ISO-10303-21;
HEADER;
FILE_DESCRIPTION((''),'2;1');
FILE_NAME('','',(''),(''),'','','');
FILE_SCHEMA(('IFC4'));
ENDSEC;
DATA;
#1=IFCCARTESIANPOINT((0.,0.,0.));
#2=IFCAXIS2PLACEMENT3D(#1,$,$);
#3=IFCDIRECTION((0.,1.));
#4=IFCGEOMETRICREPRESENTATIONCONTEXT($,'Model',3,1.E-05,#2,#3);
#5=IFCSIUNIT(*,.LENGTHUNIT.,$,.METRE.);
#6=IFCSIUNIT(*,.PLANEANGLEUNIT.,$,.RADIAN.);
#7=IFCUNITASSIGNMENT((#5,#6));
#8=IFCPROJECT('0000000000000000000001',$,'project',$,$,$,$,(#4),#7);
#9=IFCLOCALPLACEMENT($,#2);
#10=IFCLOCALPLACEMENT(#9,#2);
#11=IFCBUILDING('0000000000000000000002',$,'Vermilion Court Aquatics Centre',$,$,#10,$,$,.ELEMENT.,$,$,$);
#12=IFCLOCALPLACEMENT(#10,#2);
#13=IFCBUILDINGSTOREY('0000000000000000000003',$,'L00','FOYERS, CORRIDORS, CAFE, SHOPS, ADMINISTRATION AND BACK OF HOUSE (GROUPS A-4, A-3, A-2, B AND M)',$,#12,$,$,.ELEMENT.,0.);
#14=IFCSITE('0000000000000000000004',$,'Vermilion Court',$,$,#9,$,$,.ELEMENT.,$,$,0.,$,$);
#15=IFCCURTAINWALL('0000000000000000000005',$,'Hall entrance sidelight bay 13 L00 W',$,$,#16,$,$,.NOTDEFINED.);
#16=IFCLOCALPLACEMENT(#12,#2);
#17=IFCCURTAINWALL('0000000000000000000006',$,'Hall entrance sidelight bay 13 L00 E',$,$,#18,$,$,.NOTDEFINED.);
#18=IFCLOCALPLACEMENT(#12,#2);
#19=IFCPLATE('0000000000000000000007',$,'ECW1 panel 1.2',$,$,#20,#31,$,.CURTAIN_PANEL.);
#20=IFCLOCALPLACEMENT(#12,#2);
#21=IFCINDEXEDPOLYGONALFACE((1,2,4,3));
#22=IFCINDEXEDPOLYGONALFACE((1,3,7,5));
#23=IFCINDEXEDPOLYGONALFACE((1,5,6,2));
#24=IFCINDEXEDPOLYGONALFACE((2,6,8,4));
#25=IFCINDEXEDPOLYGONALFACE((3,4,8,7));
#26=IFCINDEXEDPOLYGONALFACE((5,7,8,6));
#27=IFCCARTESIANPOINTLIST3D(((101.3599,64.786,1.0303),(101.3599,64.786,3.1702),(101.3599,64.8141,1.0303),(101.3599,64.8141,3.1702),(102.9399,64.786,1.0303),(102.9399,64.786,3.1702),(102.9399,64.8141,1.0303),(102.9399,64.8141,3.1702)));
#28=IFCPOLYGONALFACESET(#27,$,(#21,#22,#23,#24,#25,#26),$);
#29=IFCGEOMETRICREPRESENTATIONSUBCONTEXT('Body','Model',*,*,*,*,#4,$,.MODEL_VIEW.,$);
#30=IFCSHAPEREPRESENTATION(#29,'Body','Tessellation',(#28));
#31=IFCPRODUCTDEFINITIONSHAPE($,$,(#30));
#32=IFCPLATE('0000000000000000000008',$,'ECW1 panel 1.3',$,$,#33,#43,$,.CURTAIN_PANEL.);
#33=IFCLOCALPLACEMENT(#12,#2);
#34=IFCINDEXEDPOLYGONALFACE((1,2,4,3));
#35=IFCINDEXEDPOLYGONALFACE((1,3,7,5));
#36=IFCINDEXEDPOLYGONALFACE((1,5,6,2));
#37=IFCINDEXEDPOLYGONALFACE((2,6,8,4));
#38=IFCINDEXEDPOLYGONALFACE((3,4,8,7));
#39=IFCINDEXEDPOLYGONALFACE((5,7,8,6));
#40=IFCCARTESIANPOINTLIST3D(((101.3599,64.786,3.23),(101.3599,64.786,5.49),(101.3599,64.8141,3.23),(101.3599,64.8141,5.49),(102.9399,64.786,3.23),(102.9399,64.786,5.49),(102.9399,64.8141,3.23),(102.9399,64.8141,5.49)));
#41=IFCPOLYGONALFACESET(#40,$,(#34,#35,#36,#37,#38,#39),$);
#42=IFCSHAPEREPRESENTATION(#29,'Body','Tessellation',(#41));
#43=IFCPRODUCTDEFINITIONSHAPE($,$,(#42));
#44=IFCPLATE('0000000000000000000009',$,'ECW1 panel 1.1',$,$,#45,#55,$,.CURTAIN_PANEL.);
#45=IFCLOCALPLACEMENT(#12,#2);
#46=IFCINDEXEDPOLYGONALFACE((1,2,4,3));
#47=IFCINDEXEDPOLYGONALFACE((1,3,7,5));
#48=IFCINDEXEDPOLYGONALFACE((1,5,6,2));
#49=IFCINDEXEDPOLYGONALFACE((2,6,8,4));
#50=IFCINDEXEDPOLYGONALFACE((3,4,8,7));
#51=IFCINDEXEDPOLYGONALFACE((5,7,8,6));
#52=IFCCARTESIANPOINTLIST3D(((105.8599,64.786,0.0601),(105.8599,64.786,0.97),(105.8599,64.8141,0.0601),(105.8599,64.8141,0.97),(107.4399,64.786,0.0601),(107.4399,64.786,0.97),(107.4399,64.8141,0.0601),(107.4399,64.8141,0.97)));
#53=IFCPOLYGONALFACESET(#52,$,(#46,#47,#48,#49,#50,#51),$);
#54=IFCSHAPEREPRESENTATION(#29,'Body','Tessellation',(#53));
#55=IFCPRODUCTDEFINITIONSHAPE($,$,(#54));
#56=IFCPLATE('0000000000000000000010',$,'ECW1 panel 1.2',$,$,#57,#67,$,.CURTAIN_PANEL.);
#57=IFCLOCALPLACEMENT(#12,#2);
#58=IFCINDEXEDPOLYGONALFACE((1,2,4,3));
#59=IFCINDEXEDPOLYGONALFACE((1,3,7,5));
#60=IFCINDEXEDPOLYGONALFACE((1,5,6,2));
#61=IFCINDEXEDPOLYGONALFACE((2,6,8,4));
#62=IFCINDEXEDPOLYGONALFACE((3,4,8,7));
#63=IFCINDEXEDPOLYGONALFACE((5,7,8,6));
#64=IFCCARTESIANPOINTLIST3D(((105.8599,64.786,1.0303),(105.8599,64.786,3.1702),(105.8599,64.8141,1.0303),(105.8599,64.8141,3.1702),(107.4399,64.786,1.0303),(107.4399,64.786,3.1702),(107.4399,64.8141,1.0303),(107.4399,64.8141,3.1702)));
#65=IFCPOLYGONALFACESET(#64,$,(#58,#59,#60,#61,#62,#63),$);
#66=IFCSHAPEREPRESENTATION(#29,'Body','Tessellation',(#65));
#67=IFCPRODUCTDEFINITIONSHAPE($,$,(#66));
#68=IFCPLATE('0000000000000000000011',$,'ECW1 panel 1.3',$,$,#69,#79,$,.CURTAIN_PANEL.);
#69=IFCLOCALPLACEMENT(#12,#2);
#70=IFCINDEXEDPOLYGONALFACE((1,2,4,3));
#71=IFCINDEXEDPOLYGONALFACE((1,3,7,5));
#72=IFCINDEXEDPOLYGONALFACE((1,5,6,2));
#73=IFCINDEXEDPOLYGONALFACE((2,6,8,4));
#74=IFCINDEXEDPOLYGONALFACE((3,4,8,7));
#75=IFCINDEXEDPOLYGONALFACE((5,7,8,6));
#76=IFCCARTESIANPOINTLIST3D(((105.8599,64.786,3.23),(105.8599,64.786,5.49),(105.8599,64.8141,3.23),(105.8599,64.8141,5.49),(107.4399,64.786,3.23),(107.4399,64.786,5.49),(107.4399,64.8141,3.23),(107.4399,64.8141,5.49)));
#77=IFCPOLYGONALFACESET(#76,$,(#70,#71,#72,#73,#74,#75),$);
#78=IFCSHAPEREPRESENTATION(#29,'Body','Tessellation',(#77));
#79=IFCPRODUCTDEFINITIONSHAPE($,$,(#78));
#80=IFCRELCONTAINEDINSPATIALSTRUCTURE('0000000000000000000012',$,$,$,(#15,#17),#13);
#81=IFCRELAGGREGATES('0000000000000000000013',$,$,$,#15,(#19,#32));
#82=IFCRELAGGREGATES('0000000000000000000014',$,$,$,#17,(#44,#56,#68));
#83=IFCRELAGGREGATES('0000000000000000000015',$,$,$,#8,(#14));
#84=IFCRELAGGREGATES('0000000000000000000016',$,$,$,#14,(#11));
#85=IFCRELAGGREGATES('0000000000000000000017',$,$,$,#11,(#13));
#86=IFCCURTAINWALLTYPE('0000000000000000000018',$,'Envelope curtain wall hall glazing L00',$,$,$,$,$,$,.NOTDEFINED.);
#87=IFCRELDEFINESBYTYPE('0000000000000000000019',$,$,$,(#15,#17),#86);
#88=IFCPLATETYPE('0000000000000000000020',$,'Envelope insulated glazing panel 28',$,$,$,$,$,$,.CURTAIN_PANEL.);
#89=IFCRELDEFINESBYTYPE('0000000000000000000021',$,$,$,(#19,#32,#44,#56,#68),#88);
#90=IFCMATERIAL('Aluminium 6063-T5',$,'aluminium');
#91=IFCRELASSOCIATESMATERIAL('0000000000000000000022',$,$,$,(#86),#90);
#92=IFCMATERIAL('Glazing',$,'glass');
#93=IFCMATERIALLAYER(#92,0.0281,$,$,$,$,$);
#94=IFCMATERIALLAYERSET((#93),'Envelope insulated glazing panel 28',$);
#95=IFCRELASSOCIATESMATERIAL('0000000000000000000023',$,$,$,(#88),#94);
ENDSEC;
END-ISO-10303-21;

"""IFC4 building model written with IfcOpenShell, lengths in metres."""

from ifc_helpers import new_model, si_unit, direction, frame, origin, origin_2d, place, context, subcontext, project, spatial, rectangle, extrude, material, layer, layer_set, type_object, element, aggregate, save


model = new_model("IFC4")

# Units and contexts
model_context = context("Model", 3, precision=1e-05, world=origin(), true_north=direction((0.0, 1.0)))
body_context = subcontext(model_context, "Body", "Model", "MODEL_VIEW")
ifc_project = project(units=[si_unit("LENGTHUNIT", "METRE"), si_unit("PLANEANGLEUNIT", "RADIAN")], contexts=[model_context])

# Site, building, storey
site_placement = place(None, origin())
site = spatial("IfcSite", under=ifc_project, at=site_placement, Name="Vermilion Court", CompositionType="ELEMENT", RefElevation=0.0)
building_placement = place(site_placement, origin())
building = spatial("IfcBuilding", under=site, at=building_placement, Name="Vermilion Court Aquatics Centre", CompositionType="ELEMENT")
storey_placement = place(building_placement, origin())
storey = spatial("IfcBuildingStorey", under=building, at=storey_placement, Name="L00", Description="FOYERS, CORRIDORS, CAFE, SHOPS, ADMINISTRATION AND BACK OF HOUSE (GROUPS A-4, A-3, A-2, B AND M)", CompositionType="ELEMENT", Elevation=0.0)

# Shared definitions
ifc_material_1 = material(Name="Aluminium 6063-T5", Category="aluminium")
curtain_wall_type = type_object("IfcCurtainWallType", Name="Envelope curtain wall hall glazing L00", PredefinedType="NOTDEFINED", material=ifc_material_1)

# Curtain wall
curtain_wall_1_placement = place(storey_placement, origin())
curtain_wall_1 = element("IfcCurtainWall", 1, at=curtain_wall_1_placement, inside=storey, type_object=curtain_wall_type, Name="Hall entrance sidelight bay 13 L00 W", PredefinedType="NOTDEFINED")

# Curtain wall
curtain_wall_2_placement = place(storey_placement, origin())
curtain_wall_2 = element("IfcCurtainWall", 2, at=curtain_wall_2_placement, inside=storey, type_object=curtain_wall_type, Name="Hall entrance sidelight bay 13 L00 E", PredefinedType="NOTDEFINED")

# Plates
ifc_material_2 = material(Name="Glazing", Category="glass")
ifc_layer_1 = layer(ifc_material_2, 0.0281)
ifc_layer_set_1 = layer_set([ifc_layer_1], Name="Envelope insulated glazing panel 28")
plate_type = type_object("IfcPlateType", Name="Envelope insulated glazing panel 28", PredefinedType="CURTAIN_PANEL", material=ifc_layer_set_1)
plate_1_placement = place(storey_placement, frame((102.1499, 64.8, 1.0303), z_axis=(0.0, 0.0, 1.0), x_axis=(1.0, 0.0, 0.0)))
plate_1 = element("IfcPlate", 3, at=plate_1_placement, type_object=plate_type, Name="ECW1 panel 1.2", PredefinedType="CURTAIN_PANEL", context=body_context, shape_type="SweptSolid", body=[
    extrude(rectangle(XDim=1.5801, YDim=0.0281, at=origin_2d()), origin(), (0.0, 0.0, 1.0), 2.1399),
])
plate_2_placement = place(storey_placement, frame((102.1499, 64.8, 3.23), z_axis=(0.0, 0.0, 1.0), x_axis=(1.0, 0.0, 0.0)))
plate_2 = element("IfcPlate", 4, at=plate_2_placement, type_object=plate_type, Name="ECW1 panel 1.3", PredefinedType="CURTAIN_PANEL", context=body_context, shape_type="SweptSolid", body=[
    extrude(rectangle(XDim=1.5801, YDim=0.0281, at=origin_2d()), origin(), (0.0, 0.0, 1.0), 2.26),
])
aggregate(curtain_wall_1, [plate_1, plate_2])
plate_3_placement = place(storey_placement, frame((106.6499, 64.8, 0.0601), z_axis=(0.0, 0.0, 1.0), x_axis=(1.0, 0.0, 0.0)))
plate_3 = element("IfcPlate", 5, at=plate_3_placement, type_object=plate_type, Name="ECW1 panel 1.1", PredefinedType="CURTAIN_PANEL", context=body_context, shape_type="SweptSolid", body=[
    extrude(rectangle(XDim=1.5801, YDim=0.0281, at=origin_2d()), origin(), (0.0, 0.0, 1.0), 0.9099),
])
plate_4_placement = place(storey_placement, frame((106.6499, 64.8, 1.0303), z_axis=(0.0, 0.0, 1.0), x_axis=(1.0, 0.0, 0.0)))
plate_4 = element("IfcPlate", 6, at=plate_4_placement, type_object=plate_type, Name="ECW1 panel 1.2", PredefinedType="CURTAIN_PANEL", context=body_context, shape_type="SweptSolid", body=[
    extrude(rectangle(XDim=1.5801, YDim=0.0281, at=origin_2d()), origin(), (0.0, 0.0, 1.0), 2.1399),
])
plate_5_placement = place(storey_placement, frame((106.6499, 64.8, 3.23), z_axis=(0.0, 0.0, 1.0), x_axis=(1.0, 0.0, 0.0)))
plate_5 = element("IfcPlate", 7, at=plate_5_placement, type_object=plate_type, Name="ECW1 panel 1.3", PredefinedType="CURTAIN_PANEL", context=body_context, shape_type="SweptSolid", body=[
    extrude(rectangle(XDim=1.5801, YDim=0.0281, at=origin_2d()), origin(), (0.0, 0.0, 1.0), 2.26),
])
aggregate(curtain_wall_2, [plate_3, plate_4, plate_5])

save(model, "model.ifc")
